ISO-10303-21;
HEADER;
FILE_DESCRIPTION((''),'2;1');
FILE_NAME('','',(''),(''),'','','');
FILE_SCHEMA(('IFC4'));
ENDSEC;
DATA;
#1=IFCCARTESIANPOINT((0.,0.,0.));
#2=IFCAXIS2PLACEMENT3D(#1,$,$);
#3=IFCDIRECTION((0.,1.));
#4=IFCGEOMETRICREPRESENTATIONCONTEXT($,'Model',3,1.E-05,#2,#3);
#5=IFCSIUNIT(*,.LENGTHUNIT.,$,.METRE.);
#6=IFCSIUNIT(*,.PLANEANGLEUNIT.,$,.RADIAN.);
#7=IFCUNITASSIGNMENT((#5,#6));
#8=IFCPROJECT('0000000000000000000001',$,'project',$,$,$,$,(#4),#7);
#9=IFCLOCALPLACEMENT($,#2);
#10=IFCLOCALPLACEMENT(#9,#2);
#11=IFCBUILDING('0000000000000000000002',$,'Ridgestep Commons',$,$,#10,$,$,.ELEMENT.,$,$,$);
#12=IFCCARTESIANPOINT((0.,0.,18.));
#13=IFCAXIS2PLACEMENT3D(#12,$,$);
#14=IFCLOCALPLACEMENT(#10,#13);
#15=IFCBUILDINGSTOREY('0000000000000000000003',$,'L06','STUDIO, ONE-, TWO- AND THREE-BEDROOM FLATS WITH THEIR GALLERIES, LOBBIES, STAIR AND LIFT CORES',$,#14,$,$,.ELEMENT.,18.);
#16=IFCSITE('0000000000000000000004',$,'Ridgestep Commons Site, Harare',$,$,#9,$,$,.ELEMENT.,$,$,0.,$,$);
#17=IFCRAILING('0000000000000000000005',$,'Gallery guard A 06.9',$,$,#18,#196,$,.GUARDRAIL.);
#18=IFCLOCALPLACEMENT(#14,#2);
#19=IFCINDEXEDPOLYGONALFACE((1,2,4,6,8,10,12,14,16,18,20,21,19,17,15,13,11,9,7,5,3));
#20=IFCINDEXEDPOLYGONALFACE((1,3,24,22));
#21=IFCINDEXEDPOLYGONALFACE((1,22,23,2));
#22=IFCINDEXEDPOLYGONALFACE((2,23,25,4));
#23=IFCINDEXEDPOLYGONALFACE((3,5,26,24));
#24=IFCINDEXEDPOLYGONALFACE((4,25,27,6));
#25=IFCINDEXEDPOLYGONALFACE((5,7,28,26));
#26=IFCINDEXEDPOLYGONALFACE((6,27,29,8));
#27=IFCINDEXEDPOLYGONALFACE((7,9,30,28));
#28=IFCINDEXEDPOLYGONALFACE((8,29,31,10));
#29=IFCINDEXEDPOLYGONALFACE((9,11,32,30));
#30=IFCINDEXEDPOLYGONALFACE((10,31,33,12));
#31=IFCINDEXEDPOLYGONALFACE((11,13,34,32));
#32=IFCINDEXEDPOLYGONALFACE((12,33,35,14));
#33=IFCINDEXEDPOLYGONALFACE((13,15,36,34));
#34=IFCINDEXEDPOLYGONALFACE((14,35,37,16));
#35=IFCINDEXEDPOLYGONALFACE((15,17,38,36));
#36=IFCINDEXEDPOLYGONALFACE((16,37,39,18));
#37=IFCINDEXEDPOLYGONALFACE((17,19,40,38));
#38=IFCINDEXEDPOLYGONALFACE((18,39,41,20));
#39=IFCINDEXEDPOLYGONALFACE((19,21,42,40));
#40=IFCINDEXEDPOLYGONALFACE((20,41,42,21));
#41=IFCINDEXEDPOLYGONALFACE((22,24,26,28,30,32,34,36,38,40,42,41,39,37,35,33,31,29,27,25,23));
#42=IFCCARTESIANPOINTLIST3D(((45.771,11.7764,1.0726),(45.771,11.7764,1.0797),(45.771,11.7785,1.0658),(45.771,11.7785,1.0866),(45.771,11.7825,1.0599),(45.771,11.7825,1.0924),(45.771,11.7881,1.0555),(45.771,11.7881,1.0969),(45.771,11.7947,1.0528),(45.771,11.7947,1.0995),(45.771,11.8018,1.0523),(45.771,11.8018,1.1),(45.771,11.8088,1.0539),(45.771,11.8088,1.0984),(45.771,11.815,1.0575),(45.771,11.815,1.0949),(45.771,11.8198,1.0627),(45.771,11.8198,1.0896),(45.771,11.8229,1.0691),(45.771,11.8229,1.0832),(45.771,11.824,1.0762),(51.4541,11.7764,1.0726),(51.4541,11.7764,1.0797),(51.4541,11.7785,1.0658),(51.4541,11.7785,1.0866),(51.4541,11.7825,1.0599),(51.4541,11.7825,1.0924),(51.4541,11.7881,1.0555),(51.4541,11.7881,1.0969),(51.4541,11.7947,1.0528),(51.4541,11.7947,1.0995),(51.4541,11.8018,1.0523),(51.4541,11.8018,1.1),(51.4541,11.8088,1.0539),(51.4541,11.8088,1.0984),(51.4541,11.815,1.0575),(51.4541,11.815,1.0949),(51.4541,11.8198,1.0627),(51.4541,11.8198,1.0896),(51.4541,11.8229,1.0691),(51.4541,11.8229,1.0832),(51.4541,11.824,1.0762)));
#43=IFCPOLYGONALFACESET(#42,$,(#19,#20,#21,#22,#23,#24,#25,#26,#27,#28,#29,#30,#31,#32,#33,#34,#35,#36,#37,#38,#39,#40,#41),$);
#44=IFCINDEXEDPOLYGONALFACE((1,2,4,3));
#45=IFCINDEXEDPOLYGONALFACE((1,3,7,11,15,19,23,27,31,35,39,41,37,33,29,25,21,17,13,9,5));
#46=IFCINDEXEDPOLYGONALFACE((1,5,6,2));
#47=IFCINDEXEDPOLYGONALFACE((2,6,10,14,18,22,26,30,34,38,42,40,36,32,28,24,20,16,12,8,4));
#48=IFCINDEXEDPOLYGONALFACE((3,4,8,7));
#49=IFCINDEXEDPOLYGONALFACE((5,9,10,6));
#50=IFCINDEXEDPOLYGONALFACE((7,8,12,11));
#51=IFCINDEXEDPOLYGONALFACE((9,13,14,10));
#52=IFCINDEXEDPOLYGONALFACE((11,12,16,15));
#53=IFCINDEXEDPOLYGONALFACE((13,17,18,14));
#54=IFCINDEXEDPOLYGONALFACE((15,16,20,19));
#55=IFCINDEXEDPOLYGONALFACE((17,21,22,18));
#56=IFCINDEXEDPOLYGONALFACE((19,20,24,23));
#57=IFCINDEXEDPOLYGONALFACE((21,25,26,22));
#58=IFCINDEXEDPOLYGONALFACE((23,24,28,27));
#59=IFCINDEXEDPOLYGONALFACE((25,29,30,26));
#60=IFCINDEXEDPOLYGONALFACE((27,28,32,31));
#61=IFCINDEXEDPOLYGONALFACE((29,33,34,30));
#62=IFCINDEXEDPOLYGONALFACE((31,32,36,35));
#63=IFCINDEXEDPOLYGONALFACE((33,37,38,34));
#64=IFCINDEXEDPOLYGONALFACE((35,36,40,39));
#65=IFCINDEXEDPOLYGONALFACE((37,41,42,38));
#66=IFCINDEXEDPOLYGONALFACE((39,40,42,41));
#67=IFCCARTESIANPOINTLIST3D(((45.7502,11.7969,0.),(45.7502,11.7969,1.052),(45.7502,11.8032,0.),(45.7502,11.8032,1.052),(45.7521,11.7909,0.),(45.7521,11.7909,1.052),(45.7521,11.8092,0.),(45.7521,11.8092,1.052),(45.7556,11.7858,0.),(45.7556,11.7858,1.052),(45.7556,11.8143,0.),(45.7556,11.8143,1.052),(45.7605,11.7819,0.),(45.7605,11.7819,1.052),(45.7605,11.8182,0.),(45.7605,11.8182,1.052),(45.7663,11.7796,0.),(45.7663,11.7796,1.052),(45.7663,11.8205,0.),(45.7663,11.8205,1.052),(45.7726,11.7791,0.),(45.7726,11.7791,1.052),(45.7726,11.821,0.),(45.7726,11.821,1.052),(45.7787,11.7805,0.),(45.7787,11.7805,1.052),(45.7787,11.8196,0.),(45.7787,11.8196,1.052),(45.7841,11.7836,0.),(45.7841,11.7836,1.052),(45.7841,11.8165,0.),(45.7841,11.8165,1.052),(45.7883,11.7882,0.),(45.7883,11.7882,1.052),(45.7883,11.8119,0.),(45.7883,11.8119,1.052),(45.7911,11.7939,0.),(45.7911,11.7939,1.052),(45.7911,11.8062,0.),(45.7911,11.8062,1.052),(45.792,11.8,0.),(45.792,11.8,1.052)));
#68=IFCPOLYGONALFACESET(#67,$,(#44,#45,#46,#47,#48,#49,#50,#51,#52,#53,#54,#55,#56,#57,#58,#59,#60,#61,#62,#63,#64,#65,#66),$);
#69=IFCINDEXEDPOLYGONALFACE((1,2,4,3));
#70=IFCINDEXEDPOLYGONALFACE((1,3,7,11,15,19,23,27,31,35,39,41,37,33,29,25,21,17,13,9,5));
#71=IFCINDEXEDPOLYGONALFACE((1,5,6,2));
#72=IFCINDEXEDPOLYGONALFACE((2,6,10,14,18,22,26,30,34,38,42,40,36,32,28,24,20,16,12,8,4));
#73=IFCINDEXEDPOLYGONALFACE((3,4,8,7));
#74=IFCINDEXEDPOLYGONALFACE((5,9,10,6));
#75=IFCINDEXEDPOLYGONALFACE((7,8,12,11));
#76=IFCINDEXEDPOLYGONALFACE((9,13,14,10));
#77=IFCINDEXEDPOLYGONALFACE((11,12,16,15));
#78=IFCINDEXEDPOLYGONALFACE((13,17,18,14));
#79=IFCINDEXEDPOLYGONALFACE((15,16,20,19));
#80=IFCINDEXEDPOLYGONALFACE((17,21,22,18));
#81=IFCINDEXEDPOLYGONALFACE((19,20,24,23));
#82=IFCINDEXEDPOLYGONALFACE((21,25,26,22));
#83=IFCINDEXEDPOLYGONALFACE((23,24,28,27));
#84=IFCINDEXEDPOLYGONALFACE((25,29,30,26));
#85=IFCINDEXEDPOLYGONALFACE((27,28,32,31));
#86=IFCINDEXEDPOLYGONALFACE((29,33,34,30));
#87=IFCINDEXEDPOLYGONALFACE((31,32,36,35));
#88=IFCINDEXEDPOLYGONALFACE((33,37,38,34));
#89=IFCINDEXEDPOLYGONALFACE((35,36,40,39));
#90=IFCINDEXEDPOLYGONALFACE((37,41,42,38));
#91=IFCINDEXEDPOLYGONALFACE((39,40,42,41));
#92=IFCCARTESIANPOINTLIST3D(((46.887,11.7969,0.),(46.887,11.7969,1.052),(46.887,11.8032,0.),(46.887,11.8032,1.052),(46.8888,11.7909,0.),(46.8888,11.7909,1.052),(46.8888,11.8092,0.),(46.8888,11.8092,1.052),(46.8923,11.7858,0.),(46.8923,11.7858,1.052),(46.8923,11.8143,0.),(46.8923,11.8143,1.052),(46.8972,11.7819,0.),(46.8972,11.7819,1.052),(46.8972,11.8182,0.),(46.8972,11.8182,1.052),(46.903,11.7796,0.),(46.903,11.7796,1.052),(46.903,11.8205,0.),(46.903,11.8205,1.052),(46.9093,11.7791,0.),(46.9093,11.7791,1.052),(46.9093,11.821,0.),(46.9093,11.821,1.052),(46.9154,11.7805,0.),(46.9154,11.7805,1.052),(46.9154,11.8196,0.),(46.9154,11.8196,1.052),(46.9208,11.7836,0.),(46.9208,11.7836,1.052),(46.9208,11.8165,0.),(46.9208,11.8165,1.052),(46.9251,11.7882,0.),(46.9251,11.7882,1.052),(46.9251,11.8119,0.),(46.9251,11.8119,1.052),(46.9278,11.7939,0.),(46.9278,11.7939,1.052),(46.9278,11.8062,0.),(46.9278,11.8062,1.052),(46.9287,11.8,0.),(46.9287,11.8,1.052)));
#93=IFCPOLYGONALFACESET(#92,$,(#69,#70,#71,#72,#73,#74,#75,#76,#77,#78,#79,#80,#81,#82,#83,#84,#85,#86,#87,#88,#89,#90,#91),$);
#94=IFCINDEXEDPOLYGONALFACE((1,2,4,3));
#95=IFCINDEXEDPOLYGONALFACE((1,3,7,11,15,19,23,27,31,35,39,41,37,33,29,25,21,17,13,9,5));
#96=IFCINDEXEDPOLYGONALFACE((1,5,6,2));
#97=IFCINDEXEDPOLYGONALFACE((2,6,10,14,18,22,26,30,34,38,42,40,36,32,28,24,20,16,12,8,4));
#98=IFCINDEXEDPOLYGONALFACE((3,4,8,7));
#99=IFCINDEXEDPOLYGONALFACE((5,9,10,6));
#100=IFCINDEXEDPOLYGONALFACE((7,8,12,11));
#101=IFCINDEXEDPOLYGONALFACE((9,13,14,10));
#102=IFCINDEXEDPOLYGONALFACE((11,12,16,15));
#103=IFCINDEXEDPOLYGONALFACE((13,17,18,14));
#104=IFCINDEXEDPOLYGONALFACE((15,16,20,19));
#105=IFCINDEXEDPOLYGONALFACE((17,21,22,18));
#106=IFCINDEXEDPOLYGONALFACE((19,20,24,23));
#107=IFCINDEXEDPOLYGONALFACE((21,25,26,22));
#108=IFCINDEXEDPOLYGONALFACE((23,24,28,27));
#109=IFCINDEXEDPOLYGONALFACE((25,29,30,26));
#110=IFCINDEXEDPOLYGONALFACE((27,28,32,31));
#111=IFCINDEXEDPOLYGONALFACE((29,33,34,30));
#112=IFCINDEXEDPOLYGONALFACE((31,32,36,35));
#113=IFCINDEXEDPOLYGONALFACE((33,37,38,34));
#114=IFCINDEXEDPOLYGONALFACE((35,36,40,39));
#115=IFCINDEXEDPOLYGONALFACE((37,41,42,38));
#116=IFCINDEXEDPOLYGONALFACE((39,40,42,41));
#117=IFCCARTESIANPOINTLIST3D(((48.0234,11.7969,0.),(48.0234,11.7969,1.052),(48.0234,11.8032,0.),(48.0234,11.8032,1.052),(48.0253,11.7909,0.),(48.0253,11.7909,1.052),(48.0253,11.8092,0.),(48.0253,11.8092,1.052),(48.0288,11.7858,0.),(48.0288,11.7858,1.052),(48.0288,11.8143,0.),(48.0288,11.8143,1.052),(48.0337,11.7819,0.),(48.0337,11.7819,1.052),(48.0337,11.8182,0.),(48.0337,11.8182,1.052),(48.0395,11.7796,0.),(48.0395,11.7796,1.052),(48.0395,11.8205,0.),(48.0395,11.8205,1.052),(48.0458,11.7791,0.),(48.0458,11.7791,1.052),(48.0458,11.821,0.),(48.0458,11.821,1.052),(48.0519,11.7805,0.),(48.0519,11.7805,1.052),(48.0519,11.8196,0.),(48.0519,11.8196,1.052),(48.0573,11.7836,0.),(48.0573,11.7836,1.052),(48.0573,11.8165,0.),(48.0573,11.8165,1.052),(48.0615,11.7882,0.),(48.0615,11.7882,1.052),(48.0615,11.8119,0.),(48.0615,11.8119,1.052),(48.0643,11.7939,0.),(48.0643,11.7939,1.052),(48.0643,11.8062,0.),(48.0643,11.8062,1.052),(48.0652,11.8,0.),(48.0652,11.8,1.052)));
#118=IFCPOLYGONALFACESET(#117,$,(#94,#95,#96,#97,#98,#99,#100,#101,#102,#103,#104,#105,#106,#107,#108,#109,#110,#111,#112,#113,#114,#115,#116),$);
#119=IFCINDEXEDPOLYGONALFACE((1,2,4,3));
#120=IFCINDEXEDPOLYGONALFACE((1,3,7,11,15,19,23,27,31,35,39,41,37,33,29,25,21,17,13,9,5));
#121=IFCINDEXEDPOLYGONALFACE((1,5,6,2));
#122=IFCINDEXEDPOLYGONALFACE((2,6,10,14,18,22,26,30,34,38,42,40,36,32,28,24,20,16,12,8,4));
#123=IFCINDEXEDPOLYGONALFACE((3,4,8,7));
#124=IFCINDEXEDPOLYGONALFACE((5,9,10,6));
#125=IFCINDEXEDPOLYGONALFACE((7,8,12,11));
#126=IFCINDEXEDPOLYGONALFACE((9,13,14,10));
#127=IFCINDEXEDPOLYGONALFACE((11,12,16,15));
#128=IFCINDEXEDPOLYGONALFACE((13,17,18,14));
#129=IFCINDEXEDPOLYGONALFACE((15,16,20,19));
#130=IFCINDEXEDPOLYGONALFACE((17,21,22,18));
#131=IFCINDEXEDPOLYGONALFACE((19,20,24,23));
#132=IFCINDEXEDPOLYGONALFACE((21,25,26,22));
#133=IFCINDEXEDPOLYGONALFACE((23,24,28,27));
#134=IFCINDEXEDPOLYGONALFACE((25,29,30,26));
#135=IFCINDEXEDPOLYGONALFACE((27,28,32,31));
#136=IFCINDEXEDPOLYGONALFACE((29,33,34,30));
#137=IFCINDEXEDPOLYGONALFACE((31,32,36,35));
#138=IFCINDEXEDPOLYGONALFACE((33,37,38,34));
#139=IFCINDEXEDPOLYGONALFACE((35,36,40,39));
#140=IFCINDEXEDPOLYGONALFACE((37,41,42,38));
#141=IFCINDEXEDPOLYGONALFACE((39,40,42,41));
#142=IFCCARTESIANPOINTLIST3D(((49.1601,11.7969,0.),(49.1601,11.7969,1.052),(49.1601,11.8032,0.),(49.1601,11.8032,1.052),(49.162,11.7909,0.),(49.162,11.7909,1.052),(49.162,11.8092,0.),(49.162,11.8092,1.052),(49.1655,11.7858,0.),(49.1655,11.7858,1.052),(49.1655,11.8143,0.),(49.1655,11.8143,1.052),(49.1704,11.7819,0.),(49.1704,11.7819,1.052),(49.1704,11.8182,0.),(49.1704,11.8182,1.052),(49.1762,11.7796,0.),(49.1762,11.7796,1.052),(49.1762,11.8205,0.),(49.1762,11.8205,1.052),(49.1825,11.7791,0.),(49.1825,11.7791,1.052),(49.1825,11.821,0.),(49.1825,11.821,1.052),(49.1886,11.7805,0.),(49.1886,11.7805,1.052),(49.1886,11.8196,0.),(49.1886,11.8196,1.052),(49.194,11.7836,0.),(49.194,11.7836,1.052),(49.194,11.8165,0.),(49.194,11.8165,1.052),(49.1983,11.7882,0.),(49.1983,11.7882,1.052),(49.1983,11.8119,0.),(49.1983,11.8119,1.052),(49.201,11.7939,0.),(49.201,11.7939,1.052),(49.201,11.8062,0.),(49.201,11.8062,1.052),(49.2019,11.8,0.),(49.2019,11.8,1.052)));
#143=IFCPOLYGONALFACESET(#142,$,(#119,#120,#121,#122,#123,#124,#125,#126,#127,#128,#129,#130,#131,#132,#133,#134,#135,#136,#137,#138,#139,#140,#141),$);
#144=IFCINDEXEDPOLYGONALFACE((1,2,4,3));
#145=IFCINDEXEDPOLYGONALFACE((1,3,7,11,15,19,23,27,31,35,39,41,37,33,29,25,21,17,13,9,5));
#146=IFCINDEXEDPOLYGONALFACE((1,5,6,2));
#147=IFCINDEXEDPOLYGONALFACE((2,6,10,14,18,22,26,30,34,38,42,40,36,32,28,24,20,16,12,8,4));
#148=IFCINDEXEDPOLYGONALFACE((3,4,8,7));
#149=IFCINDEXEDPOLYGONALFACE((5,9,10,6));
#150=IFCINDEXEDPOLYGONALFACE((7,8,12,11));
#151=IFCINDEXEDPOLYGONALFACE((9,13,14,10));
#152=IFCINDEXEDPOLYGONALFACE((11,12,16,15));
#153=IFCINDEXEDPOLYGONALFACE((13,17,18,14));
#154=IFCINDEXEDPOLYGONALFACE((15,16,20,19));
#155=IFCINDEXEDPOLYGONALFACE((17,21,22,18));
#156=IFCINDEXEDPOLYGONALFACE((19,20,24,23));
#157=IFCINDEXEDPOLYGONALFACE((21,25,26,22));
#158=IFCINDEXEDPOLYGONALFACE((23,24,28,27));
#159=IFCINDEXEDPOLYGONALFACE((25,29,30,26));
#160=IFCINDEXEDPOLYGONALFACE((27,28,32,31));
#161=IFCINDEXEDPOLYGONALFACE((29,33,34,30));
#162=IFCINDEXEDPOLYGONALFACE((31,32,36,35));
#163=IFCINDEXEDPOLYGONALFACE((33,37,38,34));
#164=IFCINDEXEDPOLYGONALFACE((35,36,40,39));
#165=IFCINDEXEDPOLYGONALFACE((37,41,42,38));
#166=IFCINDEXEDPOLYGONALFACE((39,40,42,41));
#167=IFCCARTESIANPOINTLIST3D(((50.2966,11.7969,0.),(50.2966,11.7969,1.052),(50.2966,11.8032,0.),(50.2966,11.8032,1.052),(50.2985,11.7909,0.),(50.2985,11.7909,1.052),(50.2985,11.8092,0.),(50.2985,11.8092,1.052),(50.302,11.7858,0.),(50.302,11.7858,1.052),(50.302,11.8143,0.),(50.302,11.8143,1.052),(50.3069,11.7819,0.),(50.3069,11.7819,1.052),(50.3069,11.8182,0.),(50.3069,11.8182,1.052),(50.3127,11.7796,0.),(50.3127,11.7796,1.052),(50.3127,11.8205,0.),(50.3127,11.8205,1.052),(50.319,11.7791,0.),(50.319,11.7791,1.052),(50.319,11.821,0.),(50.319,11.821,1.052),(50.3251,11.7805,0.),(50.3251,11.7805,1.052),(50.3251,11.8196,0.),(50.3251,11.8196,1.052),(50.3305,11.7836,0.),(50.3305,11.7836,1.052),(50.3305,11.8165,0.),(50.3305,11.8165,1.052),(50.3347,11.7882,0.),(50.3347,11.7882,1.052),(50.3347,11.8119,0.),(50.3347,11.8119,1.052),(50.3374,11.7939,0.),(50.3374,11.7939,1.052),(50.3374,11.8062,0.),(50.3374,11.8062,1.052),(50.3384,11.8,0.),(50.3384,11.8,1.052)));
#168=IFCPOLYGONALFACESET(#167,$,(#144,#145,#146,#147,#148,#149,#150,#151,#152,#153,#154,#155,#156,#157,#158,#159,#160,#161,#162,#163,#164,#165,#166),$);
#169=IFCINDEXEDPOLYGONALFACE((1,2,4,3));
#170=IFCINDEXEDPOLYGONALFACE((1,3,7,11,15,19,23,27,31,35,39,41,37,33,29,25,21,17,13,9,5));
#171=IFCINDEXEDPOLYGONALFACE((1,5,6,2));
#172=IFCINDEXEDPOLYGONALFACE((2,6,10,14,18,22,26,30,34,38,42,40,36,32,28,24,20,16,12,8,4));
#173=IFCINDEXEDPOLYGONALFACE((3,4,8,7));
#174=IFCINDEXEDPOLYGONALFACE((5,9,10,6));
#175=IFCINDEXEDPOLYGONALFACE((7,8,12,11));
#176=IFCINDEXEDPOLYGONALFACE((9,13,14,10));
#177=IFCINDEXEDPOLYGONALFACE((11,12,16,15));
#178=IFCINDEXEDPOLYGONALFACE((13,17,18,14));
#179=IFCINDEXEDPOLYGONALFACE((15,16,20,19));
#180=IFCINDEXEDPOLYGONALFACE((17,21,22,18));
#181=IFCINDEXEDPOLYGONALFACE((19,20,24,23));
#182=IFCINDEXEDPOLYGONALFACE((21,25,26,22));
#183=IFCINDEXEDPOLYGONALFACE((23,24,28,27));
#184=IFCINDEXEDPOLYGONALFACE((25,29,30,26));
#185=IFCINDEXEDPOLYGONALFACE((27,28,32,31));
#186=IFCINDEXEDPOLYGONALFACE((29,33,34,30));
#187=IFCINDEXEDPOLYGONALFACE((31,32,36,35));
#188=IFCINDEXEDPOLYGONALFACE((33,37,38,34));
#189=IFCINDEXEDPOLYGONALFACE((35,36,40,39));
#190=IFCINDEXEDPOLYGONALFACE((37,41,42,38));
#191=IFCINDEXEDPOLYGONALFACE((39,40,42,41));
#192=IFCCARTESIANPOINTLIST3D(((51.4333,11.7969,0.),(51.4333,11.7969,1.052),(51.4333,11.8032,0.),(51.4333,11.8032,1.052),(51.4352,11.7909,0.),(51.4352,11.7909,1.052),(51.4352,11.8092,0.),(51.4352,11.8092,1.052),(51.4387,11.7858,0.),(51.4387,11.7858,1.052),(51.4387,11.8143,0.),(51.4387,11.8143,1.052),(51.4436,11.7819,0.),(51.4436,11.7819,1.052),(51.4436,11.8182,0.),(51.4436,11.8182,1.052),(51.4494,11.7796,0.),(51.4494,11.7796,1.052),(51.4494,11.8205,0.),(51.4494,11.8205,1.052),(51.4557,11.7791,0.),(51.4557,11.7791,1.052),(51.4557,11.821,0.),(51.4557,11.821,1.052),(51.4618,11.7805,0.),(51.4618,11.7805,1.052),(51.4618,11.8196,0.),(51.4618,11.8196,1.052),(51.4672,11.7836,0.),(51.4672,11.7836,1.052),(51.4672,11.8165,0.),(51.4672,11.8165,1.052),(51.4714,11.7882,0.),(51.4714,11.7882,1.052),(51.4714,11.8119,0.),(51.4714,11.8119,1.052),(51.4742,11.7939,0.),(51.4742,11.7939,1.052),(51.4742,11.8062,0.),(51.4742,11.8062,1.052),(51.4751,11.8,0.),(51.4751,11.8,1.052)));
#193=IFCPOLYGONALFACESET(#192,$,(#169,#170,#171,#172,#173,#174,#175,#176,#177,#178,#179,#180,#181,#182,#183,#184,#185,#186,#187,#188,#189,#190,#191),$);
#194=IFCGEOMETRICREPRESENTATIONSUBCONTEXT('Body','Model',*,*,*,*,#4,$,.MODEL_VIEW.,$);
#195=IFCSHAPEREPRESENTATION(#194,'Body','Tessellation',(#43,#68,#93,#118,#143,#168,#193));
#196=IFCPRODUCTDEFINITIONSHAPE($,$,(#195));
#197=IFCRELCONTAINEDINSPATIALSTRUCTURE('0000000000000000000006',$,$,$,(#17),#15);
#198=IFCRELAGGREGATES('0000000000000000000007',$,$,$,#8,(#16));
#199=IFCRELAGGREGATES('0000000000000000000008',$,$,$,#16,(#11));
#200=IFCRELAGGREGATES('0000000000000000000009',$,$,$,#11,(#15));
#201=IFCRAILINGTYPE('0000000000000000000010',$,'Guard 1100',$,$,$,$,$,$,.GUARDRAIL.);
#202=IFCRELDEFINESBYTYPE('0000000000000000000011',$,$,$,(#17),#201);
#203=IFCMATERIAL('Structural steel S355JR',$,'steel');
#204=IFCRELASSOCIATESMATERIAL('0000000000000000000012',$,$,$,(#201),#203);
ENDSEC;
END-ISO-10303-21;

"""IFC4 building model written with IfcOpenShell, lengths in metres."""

from ifc_helpers import new_model, si_unit, direction, frame, origin, origin_2d, place, context, subcontext, project, spatial, circle, extrude, material, type_object, element, save


model = new_model("IFC4")

# Units and contexts
model_context = context("Model", 3, precision=1e-05, world=origin(), true_north=direction((0.0, 1.0)))
body_context = subcontext(model_context, "Body", "Model", "MODEL_VIEW")
ifc_project = project(units=[si_unit("LENGTHUNIT", "METRE"), si_unit("PLANEANGLEUNIT", "RADIAN")], contexts=[model_context])

# Site, building, storey
site_placement = place(None, origin())
site = spatial("IfcSite", under=ifc_project, at=site_placement, Name="Ridgestep Commons Site, Harare", CompositionType="ELEMENT", RefElevation=0.0)
building_placement = place(site_placement, origin())
building = spatial("IfcBuilding", under=site, at=building_placement, Name="Ridgestep Commons", CompositionType="ELEMENT")
storey_placement = place(building_placement, frame((0.0, 0.0, 18.0)))
storey = spatial("IfcBuildingStorey", under=building, at=storey_placement, Name="L06", Description="STUDIO, ONE-, TWO- AND THREE-BEDROOM FLATS WITH THEIR GALLERIES, LOBBIES, STAIR AND LIFT CORES", CompositionType="ELEMENT", Elevation=18.0)

# Railing
ifc_material_1 = material(Name="Structural steel S355JR", Category="steel")
railing_type = type_object("IfcRailingType", Name="Guard 1100", PredefinedType="GUARDRAIL", material=ifc_material_1)
railing_placement = place(storey_placement, frame((45.771, 11.8, 0.0)))
element("IfcRailing", 1, at=railing_placement, inside=storey, type_object=railing_type, Name="Gallery guard A 06.9", PredefinedType="GUARDRAIL", context=body_context, shape_type="SweptSolid", body=[
    extrude(circle(Radius=0.0239, at=origin_2d()), frame((0.0, 0.0, 1.0762), z_axis=(1.0, 0.0, 0.0), x_axis=(0.0, 1.0, 0.0)), (0.0, 0.0, 1.0), 5.6831),
    extrude(circle(Radius=0.021, at=origin_2d()), origin(), (0.0, 0.0, 1.0), 1.052),
    extrude(circle(Radius=0.021, at=origin_2d()), frame((1.1367, 0.0, 0.0)), (0.0, 0.0, 1.0), 1.052),
    extrude(circle(Radius=0.021, at=origin_2d()), frame((2.2732, 0.0, 0.0)), (0.0, 0.0, 1.0), 1.052),
    extrude(circle(Radius=0.021, at=origin_2d()), frame((3.4099, 0.0, 0.0)), (0.0, 0.0, 1.0), 1.052),
    extrude(circle(Radius=0.021, at=origin_2d()), frame((4.5464, 0.0, 0.0)), (0.0, 0.0, 1.0), 1.052),
    extrude(circle(Radius=0.021, at=origin_2d()), frame((5.6831, 0.0, 0.0)), (0.0, 0.0, 1.0), 1.052),
])

save(model, "model.ifc")
